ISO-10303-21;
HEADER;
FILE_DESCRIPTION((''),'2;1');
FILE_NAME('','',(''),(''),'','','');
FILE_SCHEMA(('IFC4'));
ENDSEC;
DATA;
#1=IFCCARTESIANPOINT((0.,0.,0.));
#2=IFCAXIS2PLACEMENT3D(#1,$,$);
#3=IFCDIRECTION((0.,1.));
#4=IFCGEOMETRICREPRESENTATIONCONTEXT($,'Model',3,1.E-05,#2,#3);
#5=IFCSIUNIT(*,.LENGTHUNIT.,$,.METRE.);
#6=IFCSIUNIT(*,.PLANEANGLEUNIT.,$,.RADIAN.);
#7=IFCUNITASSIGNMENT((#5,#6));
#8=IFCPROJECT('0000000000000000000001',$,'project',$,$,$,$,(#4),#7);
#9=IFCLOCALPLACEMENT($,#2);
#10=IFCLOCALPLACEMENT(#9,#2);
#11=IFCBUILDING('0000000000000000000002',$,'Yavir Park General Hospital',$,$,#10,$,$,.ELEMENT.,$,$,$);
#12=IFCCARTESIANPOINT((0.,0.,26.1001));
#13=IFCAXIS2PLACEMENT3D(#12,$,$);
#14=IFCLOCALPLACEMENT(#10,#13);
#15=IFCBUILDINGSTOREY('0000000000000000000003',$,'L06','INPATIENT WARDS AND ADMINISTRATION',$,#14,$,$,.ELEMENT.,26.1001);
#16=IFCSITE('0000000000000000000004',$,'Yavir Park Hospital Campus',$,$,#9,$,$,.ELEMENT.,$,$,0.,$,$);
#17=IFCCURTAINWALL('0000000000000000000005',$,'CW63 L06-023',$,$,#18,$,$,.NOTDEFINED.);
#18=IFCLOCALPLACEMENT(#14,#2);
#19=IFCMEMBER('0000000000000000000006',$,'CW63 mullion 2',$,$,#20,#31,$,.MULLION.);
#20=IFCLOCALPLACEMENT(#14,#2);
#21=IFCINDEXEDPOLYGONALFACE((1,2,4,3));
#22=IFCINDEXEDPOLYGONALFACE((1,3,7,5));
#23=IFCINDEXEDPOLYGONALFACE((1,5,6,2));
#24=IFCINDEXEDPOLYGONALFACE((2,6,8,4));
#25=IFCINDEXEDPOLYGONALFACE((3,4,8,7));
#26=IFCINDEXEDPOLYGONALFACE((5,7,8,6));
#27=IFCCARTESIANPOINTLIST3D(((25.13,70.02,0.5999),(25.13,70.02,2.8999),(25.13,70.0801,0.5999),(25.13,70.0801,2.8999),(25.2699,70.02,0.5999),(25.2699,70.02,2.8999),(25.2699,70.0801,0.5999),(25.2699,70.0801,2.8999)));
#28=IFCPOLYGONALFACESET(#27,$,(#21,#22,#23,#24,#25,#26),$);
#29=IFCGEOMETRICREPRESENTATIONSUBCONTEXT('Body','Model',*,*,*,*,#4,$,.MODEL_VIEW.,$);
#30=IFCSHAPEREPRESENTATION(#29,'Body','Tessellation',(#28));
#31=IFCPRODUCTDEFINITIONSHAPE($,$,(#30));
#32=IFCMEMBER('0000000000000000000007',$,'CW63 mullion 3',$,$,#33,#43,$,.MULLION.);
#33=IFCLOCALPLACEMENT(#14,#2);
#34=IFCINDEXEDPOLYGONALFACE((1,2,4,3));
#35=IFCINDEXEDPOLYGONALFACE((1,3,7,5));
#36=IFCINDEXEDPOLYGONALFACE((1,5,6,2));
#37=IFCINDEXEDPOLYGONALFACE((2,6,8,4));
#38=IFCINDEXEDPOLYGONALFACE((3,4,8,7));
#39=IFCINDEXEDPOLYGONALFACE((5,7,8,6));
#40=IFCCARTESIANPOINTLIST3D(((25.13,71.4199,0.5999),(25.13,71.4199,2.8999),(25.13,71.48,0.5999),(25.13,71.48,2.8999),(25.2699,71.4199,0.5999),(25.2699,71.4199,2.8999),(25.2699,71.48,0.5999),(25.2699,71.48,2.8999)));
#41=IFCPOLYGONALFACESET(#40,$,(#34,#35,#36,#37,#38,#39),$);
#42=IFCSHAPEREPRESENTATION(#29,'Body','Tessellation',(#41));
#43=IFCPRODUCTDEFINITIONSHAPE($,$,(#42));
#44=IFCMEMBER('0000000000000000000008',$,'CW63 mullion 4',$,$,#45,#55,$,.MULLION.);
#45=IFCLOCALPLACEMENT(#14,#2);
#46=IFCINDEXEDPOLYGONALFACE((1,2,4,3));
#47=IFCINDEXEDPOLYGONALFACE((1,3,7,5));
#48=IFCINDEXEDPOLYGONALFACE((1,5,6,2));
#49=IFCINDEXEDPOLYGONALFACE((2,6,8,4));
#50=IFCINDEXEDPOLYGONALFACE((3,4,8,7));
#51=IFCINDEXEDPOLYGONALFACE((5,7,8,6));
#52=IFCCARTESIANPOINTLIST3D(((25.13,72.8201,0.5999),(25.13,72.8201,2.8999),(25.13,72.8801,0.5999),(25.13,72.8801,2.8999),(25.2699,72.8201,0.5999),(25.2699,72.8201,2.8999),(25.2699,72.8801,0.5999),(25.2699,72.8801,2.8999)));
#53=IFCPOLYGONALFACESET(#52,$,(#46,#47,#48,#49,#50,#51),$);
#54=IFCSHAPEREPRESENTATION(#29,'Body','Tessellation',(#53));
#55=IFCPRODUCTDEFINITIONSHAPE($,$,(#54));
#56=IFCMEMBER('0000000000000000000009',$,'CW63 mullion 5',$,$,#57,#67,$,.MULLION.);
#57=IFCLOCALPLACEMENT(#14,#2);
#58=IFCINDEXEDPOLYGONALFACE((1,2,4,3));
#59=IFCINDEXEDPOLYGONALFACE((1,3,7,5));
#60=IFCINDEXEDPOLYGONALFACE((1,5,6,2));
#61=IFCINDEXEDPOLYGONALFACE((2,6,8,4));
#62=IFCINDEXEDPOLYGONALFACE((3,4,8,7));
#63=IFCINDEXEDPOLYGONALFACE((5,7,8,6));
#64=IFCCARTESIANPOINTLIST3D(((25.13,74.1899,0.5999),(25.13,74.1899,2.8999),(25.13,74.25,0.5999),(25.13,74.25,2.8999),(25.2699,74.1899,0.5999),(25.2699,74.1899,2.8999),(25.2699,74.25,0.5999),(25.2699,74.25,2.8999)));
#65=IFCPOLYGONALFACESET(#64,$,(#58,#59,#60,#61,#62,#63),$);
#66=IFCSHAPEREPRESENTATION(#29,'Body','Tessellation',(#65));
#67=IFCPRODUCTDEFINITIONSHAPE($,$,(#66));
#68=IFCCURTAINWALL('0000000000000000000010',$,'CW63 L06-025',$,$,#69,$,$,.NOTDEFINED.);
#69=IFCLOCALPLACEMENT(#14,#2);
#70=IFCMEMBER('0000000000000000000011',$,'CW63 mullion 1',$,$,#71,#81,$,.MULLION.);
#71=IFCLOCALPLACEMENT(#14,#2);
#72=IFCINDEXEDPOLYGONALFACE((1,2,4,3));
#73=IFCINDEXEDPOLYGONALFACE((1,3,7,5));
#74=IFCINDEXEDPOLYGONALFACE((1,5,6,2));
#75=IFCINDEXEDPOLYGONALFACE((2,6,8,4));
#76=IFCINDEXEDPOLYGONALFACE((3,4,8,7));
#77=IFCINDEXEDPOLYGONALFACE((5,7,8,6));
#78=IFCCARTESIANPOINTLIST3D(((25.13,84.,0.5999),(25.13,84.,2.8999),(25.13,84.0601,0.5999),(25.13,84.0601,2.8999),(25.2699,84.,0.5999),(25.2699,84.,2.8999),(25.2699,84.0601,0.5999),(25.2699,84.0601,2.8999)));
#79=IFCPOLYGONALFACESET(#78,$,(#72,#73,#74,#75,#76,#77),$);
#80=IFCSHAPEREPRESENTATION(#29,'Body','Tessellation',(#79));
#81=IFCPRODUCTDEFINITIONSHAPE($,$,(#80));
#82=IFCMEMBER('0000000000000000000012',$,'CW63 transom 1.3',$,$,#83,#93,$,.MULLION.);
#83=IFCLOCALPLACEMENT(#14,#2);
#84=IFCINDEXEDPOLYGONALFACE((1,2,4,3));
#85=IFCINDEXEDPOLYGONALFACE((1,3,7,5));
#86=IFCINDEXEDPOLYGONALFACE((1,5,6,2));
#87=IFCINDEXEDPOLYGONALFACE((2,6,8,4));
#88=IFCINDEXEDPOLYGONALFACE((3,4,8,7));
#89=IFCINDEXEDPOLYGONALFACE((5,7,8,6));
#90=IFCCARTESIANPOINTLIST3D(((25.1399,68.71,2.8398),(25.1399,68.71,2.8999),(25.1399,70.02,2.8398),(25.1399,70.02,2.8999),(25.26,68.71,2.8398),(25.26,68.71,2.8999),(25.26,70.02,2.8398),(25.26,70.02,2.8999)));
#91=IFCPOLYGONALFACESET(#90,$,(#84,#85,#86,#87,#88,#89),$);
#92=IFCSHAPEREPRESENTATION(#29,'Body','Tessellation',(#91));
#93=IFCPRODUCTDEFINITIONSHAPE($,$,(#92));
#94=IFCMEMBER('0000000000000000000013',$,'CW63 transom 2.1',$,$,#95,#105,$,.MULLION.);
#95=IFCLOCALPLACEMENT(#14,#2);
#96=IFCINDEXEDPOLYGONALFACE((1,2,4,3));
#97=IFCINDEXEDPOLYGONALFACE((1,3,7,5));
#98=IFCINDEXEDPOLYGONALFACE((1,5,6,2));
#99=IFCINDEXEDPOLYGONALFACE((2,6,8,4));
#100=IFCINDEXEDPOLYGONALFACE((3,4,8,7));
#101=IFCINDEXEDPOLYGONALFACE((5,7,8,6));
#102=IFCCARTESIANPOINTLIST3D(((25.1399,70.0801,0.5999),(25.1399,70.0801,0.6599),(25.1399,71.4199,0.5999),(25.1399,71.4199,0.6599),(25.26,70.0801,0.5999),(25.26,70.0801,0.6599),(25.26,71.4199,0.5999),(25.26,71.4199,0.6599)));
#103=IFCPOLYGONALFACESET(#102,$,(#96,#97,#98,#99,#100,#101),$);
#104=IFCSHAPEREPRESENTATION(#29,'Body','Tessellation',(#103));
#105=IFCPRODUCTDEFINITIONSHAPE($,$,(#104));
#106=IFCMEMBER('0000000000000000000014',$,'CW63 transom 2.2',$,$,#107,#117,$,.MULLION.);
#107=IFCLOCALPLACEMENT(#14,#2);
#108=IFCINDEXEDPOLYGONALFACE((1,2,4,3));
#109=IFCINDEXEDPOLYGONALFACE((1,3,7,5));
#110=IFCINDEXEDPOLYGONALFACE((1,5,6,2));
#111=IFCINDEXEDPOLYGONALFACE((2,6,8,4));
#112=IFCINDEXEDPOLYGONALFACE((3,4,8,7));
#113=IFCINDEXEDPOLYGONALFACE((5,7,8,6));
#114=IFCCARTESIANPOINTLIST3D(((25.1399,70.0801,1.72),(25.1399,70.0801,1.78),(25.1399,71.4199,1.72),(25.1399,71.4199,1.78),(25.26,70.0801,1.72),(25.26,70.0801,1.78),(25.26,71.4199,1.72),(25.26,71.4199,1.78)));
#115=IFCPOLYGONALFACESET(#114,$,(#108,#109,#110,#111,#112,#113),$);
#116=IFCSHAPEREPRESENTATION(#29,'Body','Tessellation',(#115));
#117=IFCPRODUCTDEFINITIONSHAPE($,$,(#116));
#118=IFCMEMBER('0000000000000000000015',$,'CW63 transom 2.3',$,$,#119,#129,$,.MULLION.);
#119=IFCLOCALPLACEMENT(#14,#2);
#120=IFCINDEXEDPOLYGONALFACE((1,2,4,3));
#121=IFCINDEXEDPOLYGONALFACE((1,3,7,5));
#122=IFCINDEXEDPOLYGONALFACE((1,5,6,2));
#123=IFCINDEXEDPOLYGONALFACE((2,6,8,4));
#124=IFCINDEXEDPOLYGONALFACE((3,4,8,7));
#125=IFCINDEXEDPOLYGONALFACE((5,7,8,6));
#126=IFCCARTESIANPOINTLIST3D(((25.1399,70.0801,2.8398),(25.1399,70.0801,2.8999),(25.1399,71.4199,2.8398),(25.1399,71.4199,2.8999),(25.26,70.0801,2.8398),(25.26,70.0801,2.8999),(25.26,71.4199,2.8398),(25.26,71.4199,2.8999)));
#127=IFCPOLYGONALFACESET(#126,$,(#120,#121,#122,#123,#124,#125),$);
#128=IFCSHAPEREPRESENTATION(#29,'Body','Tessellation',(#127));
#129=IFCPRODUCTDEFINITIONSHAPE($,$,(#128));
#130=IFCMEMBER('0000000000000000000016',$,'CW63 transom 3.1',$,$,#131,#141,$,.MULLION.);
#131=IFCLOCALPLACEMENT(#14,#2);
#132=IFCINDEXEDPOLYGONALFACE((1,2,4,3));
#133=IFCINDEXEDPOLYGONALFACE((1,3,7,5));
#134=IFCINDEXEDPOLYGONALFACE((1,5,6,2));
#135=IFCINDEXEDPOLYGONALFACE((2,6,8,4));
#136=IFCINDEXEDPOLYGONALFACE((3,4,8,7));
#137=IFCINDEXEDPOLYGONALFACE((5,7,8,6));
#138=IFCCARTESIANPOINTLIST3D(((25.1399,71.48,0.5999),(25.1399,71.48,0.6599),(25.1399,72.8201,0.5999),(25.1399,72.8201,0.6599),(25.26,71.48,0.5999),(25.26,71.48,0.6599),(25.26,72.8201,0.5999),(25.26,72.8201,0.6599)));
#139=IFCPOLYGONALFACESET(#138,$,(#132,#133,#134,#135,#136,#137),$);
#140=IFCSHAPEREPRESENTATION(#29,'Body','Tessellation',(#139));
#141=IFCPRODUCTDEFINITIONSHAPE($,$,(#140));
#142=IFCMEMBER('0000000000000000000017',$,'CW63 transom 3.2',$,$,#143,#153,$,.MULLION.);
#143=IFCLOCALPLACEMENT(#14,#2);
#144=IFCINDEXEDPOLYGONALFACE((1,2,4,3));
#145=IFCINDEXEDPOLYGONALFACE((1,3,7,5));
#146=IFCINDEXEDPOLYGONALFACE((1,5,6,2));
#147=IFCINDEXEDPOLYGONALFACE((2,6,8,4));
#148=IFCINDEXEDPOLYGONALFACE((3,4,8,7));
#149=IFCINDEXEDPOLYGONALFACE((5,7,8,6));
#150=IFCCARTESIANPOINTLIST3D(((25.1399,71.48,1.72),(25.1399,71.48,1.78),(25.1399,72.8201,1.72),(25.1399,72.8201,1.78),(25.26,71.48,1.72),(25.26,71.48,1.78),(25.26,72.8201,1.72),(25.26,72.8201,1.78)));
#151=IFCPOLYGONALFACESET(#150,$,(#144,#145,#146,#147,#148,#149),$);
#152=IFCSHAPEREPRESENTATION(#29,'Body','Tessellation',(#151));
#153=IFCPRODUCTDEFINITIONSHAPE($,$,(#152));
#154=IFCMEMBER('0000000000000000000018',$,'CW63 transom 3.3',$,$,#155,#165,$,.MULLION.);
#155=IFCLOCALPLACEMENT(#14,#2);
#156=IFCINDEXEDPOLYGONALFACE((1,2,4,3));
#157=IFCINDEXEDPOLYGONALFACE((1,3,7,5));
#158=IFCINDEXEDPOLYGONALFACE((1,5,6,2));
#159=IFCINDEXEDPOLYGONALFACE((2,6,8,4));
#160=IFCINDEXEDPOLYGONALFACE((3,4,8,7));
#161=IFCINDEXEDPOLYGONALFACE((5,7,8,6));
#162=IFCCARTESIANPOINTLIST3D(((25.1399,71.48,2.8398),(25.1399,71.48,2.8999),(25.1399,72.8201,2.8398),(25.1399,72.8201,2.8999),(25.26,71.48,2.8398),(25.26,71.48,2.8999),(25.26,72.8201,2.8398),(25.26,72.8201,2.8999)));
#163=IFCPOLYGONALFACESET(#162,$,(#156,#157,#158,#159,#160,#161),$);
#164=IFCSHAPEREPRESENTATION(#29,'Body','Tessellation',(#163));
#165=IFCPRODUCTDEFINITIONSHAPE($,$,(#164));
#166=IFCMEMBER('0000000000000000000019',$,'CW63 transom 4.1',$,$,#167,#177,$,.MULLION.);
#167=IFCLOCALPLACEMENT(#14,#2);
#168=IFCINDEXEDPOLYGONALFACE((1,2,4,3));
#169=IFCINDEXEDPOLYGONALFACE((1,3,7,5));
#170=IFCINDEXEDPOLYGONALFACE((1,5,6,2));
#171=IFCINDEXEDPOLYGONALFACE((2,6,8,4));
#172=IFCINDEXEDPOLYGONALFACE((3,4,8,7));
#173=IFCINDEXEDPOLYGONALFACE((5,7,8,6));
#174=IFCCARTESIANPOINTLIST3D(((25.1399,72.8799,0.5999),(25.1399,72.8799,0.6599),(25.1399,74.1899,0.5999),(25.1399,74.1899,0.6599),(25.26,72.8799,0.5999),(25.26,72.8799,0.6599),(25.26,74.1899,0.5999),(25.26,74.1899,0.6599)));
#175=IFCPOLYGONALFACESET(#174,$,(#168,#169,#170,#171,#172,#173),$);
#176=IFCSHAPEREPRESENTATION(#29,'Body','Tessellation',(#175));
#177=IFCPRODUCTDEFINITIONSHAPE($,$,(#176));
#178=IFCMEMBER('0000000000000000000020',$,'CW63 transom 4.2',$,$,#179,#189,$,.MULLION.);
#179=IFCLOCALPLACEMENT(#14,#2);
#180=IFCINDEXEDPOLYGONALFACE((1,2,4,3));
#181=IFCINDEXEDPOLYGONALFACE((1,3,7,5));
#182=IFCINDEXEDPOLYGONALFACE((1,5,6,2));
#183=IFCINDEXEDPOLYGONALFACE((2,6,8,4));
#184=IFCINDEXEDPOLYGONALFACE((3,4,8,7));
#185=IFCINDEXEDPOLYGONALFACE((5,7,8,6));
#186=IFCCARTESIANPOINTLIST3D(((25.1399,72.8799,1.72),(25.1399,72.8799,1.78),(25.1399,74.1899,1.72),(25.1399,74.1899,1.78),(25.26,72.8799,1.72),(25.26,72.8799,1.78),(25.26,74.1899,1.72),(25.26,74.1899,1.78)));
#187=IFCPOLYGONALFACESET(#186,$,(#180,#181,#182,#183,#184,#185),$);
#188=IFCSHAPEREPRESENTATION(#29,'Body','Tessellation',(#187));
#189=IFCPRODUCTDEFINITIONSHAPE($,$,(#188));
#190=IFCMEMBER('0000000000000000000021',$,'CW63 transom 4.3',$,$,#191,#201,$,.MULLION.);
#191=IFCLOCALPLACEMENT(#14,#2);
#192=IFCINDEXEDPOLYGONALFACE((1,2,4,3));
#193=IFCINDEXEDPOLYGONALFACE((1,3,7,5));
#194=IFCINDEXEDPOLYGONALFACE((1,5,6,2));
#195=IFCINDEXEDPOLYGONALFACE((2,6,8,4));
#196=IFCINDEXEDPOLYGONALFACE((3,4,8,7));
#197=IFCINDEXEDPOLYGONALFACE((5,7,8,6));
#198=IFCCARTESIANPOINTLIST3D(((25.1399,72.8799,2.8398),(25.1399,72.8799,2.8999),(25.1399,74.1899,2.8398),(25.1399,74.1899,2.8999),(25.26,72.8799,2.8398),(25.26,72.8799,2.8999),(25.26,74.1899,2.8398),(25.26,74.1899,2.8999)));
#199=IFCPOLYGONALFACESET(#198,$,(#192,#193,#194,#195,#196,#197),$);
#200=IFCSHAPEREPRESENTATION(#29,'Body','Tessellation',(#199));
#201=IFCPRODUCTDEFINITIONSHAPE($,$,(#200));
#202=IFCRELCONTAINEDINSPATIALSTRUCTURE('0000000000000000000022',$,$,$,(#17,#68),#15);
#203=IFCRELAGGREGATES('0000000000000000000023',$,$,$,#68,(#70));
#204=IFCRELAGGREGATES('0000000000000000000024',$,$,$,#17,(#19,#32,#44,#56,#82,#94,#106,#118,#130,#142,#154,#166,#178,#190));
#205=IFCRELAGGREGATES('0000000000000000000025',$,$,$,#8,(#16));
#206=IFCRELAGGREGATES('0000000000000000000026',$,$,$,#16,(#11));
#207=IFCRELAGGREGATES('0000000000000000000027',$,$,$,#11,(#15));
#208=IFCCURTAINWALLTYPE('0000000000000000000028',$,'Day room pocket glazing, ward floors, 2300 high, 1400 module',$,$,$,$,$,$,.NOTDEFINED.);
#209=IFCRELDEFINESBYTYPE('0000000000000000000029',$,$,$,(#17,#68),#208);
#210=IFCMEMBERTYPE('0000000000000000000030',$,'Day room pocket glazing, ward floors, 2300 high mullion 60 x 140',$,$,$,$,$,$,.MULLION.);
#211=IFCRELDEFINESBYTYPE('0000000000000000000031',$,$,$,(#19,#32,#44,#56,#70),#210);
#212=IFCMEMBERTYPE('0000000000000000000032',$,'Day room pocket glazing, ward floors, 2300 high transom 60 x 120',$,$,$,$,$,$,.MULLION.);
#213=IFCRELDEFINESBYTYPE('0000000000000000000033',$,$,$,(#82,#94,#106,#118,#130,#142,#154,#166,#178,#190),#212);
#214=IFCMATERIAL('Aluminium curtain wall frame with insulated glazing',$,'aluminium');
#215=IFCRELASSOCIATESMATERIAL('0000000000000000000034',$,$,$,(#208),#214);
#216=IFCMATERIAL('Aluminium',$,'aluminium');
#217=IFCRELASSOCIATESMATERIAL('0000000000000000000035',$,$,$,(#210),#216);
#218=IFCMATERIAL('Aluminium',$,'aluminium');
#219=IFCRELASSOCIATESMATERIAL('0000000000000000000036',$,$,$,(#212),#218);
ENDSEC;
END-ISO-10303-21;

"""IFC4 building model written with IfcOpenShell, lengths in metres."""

from ifc_helpers import new_model, si_unit, direction, frame, origin, origin_2d, place, context, subcontext, project, spatial, rectangle, extrude, material, material_profile, profile_set, type_object, element, aggregate, save


model = new_model("IFC4")

# Units and contexts
model_context = context("Model", 3, precision=1e-05, world=origin(), true_north=direction((0.0, 1.0)))
body_context = subcontext(model_context, "Body", "Model", "MODEL_VIEW")
ifc_project = project(units=[si_unit("LENGTHUNIT", "METRE"), si_unit("PLANEANGLEUNIT", "RADIAN")], contexts=[model_context])

# Site, building, storey
site_placement = place(None, origin())
site = spatial("IfcSite", under=ifc_project, at=site_placement, Name="Yavir Park Hospital Campus", CompositionType="ELEMENT", RefElevation=0.0)
building_placement = place(site_placement, origin())
building = spatial("IfcBuilding", under=site, at=building_placement, Name="Yavir Park General Hospital", CompositionType="ELEMENT")
storey_placement = place(building_placement, frame((0.0, 0.0, 26.1001)))
storey = spatial("IfcBuildingStorey", under=building, at=storey_placement, Name="L06", Description="INPATIENT WARDS AND ADMINISTRATION", CompositionType="ELEMENT", Elevation=26.1001)

# Curtain wall, members
ifc_material_1 = material(Name="Aluminium curtain wall frame with insulated glazing", Category="aluminium")
curtain_wall_type_1 = type_object("IfcCurtainWallType", Name="Day room pocket glazing, ward floors, 2300 high, 1400 module", PredefinedType="NOTDEFINED", material=ifc_material_1)
curtain_wall_1_placement = place(storey_placement, origin())
curtain_wall_1 = element("IfcCurtainWall", 1, at=curtain_wall_1_placement, inside=storey, type_object=curtain_wall_type_1, Name="CW63 L06-023", PredefinedType="NOTDEFINED")
ifc_material_2 = material(Name="Aluminium", Category="aluminium")
ifc_material_profile_1 = material_profile(ifc_material_2, rectangle(XDim=0.1399, YDim=0.0601, at=origin_2d()), Name="AL 60x140")
ifc_profile_set_1 = profile_set([ifc_material_profile_1], Name="Aluminium")
member_type_1 = type_object("IfcMemberType", Name="Day room pocket glazing, ward floors, 2300 high mullion 60 x 140", PredefinedType="MULLION", material=ifc_profile_set_1)
member_1_placement = place(storey_placement, frame((25.2, 70.05, 0.5999), z_axis=(0.0, 0.0, 1.0), x_axis=(-1.0, 0.0, 0.0)))
member_1 = element("IfcMember", 2, at=member_1_placement, type_object=member_type_1, Name="CW63 mullion 2", PredefinedType="MULLION", context=body_context, shape_type="SweptSolid", body=[
    extrude(rectangle(XDim=0.1399, YDim=0.0601, at=origin_2d()), origin(), (0.0, 0.0, 1.0), 2.3),
])
member_2_placement = place(storey_placement, frame((25.2, 71.45, 0.5999), z_axis=(0.0, 0.0, 1.0), x_axis=(-1.0, 0.0, 0.0)))
member_2 = element("IfcMember", 3, at=member_2_placement, type_object=member_type_1, Name="CW63 mullion 3", PredefinedType="MULLION", context=body_context, shape_type="SweptSolid", body=[
    extrude(rectangle(XDim=0.1399, YDim=0.0601, at=origin_2d()), origin(), (0.0, 0.0, 1.0), 2.3),
])
member_3_placement = place(storey_placement, frame((25.2, 72.8501, 0.5999), z_axis=(0.0, 0.0, 1.0), x_axis=(-1.0, 0.0, 0.0)))
member_3 = element("IfcMember", 4, at=member_3_placement, type_object=member_type_1, Name="CW63 mullion 4", PredefinedType="MULLION", context=body_context, shape_type="SweptSolid", body=[
    extrude(rectangle(XDim=0.1399, YDim=0.0601, at=origin_2d()), origin(), (0.0, 0.0, 1.0), 2.3),
])
member_4_placement = place(storey_placement, frame((25.2, 74.22, 0.5999), z_axis=(0.0, 0.0, 1.0), x_axis=(-1.0, 0.0, 0.0)))
member_4 = element("IfcMember", 5, at=member_4_placement, type_object=member_type_1, Name="CW63 mullion 5", PredefinedType="MULLION", context=body_context, shape_type="SweptSolid", body=[
    extrude(rectangle(XDim=0.1399, YDim=0.0601, at=origin_2d()), origin(), (0.0, 0.0, 1.0), 2.3),
])

# Curtain wall, member
curtain_wall_2_placement = place(storey_placement, origin())
curtain_wall_2 = element("IfcCurtainWall", 6, at=curtain_wall_2_placement, inside=storey, type_object=curtain_wall_type_1, Name="CW63 L06-025", PredefinedType="NOTDEFINED")
member_5_placement = place(storey_placement, frame((25.2, 84.03, 0.5999), z_axis=(0.0, 0.0, 1.0), x_axis=(-1.0, 0.0, 0.0)))
member_5 = element("IfcMember", 7, at=member_5_placement, type_object=member_type_1, Name="CW63 mullion 1", PredefinedType="MULLION", context=body_context, shape_type="SweptSolid", body=[
    extrude(rectangle(XDim=0.1399, YDim=0.0601, at=origin_2d()), origin(), (0.0, 0.0, 1.0), 2.3),
])

# Members
ifc_material_3 = material(Name="Aluminium", Category="aluminium")
ifc_material_profile_2 = material_profile(ifc_material_3, rectangle(XDim=0.1201, YDim=0.0601, at=origin_2d()), Name="AL 120x60")
ifc_profile_set_2 = profile_set([ifc_material_profile_2], Name="Aluminium")
member_type_2 = type_object("IfcMemberType", Name="Day room pocket glazing, ward floors, 2300 high transom 60 x 120", PredefinedType="MULLION", material=ifc_profile_set_2)
member_6_placement = place(storey_placement, frame((25.2, 68.71, 2.8699), z_axis=(0.0, 1.0, 0.0), x_axis=(-1.0, 0.0, 0.0)))
member_6 = element("IfcMember", 8, at=member_6_placement, type_object=member_type_2, Name="CW63 transom 1.3", PredefinedType="MULLION", context=body_context, shape_type="SweptSolid", body=[
    extrude(rectangle(XDim=0.1201, YDim=0.0601, at=origin_2d()), origin(), (0.0, 0.0, 1.0), 1.3101),
])
member_7_placement = place(storey_placement, frame((25.2, 70.0801, 0.6299), z_axis=(0.0, 1.0, 0.0), x_axis=(-1.0, 0.0, 0.0)))
member_7 = element("IfcMember", 9, at=member_7_placement, type_object=member_type_2, Name="CW63 transom 2.1", PredefinedType="MULLION", context=body_context, shape_type="SweptSolid", body=[
    extrude(rectangle(XDim=0.1201, YDim=0.0601, at=origin_2d()), origin(), (0.0, 0.0, 1.0), 1.3398),
])
member_8_placement = place(storey_placement, frame((25.2, 70.0801, 1.75), z_axis=(0.0, 1.0, 0.0), x_axis=(-1.0, 0.0, 0.0)))
member_8 = element("IfcMember", 10, at=member_8_placement, type_object=member_type_2, Name="CW63 transom 2.2", PredefinedType="MULLION", context=body_context, shape_type="SweptSolid", body=[
    extrude(rectangle(XDim=0.1201, YDim=0.0601, at=origin_2d()), origin(), (0.0, 0.0, 1.0), 1.3398),
])
member_9_placement = place(storey_placement, frame((25.2, 70.0801, 2.8699), z_axis=(0.0, 1.0, 0.0), x_axis=(-1.0, 0.0, 0.0)))
member_9 = element("IfcMember", 11, at=member_9_placement, type_object=member_type_2, Name="CW63 transom 2.3", PredefinedType="MULLION", context=body_context, shape_type="SweptSolid", body=[
    extrude(rectangle(XDim=0.1201, YDim=0.0601, at=origin_2d()), origin(), (0.0, 0.0, 1.0), 1.3398),
])
member_10_placement = place(storey_placement, frame((25.2, 71.48, 0.6299), z_axis=(0.0, 1.0, 0.0), x_axis=(-1.0, 0.0, 0.0)))
member_10 = element("IfcMember", 12, at=member_10_placement, type_object=member_type_2, Name="CW63 transom 3.1", PredefinedType="MULLION", context=body_context, shape_type="SweptSolid", body=[
    extrude(rectangle(XDim=0.1201, YDim=0.0601, at=origin_2d()), origin(), (0.0, 0.0, 1.0), 1.3401),
])
member_11_placement = place(storey_placement, frame((25.2, 71.48, 1.75), z_axis=(0.0, 1.0, 0.0), x_axis=(-1.0, 0.0, 0.0)))
member_11 = element("IfcMember", 13, at=member_11_placement, type_object=member_type_2, Name="CW63 transom 3.2", PredefinedType="MULLION", context=body_context, shape_type="SweptSolid", body=[
    extrude(rectangle(XDim=0.1201, YDim=0.0601, at=origin_2d()), origin(), (0.0, 0.0, 1.0), 1.3401),
])
member_12_placement = place(storey_placement, frame((25.2, 71.48, 2.8699), z_axis=(0.0, 1.0, 0.0), x_axis=(-1.0, 0.0, 0.0)))
member_12 = element("IfcMember", 14, at=member_12_placement, type_object=member_type_2, Name="CW63 transom 3.3", PredefinedType="MULLION", context=body_context, shape_type="SweptSolid", body=[
    extrude(rectangle(XDim=0.1201, YDim=0.0601, at=origin_2d()), origin(), (0.0, 0.0, 1.0), 1.3401),
])
member_13_placement = place(storey_placement, frame((25.2, 72.8799, 0.6299), z_axis=(0.0, 1.0, 0.0), x_axis=(-1.0, 0.0, 0.0)))
member_13 = element("IfcMember", 15, at=member_13_placement, type_object=member_type_2, Name="CW63 transom 4.1", PredefinedType="MULLION", context=body_context, shape_type="SweptSolid", body=[
    extrude(rectangle(XDim=0.1201, YDim=0.0601, at=origin_2d()), origin(), (0.0, 0.0, 1.0), 1.3101),
])
member_14_placement = place(storey_placement, frame((25.2, 72.8799, 1.75), z_axis=(0.0, 1.0, 0.0), x_axis=(-1.0, 0.0, 0.0)))
member_14 = element("IfcMember", 16, at=member_14_placement, type_object=member_type_2, Name="CW63 transom 4.2", PredefinedType="MULLION", context=body_context, shape_type="SweptSolid", body=[
    extrude(rectangle(XDim=0.1201, YDim=0.0601, at=origin_2d()), origin(), (0.0, 0.0, 1.0), 1.3101),
])
member_15_placement = place(storey_placement, frame((25.2, 72.8799, 2.8699), z_axis=(0.0, 1.0, 0.0), x_axis=(-1.0, 0.0, 0.0)))
member_15 = element("IfcMember", 17, at=member_15_placement, type_object=member_type_2, Name="CW63 transom 4.3", PredefinedType="MULLION", context=body_context, shape_type="SweptSolid", body=[
    extrude(rectangle(XDim=0.1201, YDim=0.0601, at=origin_2d()), origin(), (0.0, 0.0, 1.0), 1.3101),
])
aggregate(curtain_wall_2, [member_5])

aggregate(curtain_wall_1, [member_1, member_2, member_3, member_4, member_6, member_7, member_8, member_9, member_10, member_11, member_12, member_13, member_14, member_15])

save(model, "model.ifc")
